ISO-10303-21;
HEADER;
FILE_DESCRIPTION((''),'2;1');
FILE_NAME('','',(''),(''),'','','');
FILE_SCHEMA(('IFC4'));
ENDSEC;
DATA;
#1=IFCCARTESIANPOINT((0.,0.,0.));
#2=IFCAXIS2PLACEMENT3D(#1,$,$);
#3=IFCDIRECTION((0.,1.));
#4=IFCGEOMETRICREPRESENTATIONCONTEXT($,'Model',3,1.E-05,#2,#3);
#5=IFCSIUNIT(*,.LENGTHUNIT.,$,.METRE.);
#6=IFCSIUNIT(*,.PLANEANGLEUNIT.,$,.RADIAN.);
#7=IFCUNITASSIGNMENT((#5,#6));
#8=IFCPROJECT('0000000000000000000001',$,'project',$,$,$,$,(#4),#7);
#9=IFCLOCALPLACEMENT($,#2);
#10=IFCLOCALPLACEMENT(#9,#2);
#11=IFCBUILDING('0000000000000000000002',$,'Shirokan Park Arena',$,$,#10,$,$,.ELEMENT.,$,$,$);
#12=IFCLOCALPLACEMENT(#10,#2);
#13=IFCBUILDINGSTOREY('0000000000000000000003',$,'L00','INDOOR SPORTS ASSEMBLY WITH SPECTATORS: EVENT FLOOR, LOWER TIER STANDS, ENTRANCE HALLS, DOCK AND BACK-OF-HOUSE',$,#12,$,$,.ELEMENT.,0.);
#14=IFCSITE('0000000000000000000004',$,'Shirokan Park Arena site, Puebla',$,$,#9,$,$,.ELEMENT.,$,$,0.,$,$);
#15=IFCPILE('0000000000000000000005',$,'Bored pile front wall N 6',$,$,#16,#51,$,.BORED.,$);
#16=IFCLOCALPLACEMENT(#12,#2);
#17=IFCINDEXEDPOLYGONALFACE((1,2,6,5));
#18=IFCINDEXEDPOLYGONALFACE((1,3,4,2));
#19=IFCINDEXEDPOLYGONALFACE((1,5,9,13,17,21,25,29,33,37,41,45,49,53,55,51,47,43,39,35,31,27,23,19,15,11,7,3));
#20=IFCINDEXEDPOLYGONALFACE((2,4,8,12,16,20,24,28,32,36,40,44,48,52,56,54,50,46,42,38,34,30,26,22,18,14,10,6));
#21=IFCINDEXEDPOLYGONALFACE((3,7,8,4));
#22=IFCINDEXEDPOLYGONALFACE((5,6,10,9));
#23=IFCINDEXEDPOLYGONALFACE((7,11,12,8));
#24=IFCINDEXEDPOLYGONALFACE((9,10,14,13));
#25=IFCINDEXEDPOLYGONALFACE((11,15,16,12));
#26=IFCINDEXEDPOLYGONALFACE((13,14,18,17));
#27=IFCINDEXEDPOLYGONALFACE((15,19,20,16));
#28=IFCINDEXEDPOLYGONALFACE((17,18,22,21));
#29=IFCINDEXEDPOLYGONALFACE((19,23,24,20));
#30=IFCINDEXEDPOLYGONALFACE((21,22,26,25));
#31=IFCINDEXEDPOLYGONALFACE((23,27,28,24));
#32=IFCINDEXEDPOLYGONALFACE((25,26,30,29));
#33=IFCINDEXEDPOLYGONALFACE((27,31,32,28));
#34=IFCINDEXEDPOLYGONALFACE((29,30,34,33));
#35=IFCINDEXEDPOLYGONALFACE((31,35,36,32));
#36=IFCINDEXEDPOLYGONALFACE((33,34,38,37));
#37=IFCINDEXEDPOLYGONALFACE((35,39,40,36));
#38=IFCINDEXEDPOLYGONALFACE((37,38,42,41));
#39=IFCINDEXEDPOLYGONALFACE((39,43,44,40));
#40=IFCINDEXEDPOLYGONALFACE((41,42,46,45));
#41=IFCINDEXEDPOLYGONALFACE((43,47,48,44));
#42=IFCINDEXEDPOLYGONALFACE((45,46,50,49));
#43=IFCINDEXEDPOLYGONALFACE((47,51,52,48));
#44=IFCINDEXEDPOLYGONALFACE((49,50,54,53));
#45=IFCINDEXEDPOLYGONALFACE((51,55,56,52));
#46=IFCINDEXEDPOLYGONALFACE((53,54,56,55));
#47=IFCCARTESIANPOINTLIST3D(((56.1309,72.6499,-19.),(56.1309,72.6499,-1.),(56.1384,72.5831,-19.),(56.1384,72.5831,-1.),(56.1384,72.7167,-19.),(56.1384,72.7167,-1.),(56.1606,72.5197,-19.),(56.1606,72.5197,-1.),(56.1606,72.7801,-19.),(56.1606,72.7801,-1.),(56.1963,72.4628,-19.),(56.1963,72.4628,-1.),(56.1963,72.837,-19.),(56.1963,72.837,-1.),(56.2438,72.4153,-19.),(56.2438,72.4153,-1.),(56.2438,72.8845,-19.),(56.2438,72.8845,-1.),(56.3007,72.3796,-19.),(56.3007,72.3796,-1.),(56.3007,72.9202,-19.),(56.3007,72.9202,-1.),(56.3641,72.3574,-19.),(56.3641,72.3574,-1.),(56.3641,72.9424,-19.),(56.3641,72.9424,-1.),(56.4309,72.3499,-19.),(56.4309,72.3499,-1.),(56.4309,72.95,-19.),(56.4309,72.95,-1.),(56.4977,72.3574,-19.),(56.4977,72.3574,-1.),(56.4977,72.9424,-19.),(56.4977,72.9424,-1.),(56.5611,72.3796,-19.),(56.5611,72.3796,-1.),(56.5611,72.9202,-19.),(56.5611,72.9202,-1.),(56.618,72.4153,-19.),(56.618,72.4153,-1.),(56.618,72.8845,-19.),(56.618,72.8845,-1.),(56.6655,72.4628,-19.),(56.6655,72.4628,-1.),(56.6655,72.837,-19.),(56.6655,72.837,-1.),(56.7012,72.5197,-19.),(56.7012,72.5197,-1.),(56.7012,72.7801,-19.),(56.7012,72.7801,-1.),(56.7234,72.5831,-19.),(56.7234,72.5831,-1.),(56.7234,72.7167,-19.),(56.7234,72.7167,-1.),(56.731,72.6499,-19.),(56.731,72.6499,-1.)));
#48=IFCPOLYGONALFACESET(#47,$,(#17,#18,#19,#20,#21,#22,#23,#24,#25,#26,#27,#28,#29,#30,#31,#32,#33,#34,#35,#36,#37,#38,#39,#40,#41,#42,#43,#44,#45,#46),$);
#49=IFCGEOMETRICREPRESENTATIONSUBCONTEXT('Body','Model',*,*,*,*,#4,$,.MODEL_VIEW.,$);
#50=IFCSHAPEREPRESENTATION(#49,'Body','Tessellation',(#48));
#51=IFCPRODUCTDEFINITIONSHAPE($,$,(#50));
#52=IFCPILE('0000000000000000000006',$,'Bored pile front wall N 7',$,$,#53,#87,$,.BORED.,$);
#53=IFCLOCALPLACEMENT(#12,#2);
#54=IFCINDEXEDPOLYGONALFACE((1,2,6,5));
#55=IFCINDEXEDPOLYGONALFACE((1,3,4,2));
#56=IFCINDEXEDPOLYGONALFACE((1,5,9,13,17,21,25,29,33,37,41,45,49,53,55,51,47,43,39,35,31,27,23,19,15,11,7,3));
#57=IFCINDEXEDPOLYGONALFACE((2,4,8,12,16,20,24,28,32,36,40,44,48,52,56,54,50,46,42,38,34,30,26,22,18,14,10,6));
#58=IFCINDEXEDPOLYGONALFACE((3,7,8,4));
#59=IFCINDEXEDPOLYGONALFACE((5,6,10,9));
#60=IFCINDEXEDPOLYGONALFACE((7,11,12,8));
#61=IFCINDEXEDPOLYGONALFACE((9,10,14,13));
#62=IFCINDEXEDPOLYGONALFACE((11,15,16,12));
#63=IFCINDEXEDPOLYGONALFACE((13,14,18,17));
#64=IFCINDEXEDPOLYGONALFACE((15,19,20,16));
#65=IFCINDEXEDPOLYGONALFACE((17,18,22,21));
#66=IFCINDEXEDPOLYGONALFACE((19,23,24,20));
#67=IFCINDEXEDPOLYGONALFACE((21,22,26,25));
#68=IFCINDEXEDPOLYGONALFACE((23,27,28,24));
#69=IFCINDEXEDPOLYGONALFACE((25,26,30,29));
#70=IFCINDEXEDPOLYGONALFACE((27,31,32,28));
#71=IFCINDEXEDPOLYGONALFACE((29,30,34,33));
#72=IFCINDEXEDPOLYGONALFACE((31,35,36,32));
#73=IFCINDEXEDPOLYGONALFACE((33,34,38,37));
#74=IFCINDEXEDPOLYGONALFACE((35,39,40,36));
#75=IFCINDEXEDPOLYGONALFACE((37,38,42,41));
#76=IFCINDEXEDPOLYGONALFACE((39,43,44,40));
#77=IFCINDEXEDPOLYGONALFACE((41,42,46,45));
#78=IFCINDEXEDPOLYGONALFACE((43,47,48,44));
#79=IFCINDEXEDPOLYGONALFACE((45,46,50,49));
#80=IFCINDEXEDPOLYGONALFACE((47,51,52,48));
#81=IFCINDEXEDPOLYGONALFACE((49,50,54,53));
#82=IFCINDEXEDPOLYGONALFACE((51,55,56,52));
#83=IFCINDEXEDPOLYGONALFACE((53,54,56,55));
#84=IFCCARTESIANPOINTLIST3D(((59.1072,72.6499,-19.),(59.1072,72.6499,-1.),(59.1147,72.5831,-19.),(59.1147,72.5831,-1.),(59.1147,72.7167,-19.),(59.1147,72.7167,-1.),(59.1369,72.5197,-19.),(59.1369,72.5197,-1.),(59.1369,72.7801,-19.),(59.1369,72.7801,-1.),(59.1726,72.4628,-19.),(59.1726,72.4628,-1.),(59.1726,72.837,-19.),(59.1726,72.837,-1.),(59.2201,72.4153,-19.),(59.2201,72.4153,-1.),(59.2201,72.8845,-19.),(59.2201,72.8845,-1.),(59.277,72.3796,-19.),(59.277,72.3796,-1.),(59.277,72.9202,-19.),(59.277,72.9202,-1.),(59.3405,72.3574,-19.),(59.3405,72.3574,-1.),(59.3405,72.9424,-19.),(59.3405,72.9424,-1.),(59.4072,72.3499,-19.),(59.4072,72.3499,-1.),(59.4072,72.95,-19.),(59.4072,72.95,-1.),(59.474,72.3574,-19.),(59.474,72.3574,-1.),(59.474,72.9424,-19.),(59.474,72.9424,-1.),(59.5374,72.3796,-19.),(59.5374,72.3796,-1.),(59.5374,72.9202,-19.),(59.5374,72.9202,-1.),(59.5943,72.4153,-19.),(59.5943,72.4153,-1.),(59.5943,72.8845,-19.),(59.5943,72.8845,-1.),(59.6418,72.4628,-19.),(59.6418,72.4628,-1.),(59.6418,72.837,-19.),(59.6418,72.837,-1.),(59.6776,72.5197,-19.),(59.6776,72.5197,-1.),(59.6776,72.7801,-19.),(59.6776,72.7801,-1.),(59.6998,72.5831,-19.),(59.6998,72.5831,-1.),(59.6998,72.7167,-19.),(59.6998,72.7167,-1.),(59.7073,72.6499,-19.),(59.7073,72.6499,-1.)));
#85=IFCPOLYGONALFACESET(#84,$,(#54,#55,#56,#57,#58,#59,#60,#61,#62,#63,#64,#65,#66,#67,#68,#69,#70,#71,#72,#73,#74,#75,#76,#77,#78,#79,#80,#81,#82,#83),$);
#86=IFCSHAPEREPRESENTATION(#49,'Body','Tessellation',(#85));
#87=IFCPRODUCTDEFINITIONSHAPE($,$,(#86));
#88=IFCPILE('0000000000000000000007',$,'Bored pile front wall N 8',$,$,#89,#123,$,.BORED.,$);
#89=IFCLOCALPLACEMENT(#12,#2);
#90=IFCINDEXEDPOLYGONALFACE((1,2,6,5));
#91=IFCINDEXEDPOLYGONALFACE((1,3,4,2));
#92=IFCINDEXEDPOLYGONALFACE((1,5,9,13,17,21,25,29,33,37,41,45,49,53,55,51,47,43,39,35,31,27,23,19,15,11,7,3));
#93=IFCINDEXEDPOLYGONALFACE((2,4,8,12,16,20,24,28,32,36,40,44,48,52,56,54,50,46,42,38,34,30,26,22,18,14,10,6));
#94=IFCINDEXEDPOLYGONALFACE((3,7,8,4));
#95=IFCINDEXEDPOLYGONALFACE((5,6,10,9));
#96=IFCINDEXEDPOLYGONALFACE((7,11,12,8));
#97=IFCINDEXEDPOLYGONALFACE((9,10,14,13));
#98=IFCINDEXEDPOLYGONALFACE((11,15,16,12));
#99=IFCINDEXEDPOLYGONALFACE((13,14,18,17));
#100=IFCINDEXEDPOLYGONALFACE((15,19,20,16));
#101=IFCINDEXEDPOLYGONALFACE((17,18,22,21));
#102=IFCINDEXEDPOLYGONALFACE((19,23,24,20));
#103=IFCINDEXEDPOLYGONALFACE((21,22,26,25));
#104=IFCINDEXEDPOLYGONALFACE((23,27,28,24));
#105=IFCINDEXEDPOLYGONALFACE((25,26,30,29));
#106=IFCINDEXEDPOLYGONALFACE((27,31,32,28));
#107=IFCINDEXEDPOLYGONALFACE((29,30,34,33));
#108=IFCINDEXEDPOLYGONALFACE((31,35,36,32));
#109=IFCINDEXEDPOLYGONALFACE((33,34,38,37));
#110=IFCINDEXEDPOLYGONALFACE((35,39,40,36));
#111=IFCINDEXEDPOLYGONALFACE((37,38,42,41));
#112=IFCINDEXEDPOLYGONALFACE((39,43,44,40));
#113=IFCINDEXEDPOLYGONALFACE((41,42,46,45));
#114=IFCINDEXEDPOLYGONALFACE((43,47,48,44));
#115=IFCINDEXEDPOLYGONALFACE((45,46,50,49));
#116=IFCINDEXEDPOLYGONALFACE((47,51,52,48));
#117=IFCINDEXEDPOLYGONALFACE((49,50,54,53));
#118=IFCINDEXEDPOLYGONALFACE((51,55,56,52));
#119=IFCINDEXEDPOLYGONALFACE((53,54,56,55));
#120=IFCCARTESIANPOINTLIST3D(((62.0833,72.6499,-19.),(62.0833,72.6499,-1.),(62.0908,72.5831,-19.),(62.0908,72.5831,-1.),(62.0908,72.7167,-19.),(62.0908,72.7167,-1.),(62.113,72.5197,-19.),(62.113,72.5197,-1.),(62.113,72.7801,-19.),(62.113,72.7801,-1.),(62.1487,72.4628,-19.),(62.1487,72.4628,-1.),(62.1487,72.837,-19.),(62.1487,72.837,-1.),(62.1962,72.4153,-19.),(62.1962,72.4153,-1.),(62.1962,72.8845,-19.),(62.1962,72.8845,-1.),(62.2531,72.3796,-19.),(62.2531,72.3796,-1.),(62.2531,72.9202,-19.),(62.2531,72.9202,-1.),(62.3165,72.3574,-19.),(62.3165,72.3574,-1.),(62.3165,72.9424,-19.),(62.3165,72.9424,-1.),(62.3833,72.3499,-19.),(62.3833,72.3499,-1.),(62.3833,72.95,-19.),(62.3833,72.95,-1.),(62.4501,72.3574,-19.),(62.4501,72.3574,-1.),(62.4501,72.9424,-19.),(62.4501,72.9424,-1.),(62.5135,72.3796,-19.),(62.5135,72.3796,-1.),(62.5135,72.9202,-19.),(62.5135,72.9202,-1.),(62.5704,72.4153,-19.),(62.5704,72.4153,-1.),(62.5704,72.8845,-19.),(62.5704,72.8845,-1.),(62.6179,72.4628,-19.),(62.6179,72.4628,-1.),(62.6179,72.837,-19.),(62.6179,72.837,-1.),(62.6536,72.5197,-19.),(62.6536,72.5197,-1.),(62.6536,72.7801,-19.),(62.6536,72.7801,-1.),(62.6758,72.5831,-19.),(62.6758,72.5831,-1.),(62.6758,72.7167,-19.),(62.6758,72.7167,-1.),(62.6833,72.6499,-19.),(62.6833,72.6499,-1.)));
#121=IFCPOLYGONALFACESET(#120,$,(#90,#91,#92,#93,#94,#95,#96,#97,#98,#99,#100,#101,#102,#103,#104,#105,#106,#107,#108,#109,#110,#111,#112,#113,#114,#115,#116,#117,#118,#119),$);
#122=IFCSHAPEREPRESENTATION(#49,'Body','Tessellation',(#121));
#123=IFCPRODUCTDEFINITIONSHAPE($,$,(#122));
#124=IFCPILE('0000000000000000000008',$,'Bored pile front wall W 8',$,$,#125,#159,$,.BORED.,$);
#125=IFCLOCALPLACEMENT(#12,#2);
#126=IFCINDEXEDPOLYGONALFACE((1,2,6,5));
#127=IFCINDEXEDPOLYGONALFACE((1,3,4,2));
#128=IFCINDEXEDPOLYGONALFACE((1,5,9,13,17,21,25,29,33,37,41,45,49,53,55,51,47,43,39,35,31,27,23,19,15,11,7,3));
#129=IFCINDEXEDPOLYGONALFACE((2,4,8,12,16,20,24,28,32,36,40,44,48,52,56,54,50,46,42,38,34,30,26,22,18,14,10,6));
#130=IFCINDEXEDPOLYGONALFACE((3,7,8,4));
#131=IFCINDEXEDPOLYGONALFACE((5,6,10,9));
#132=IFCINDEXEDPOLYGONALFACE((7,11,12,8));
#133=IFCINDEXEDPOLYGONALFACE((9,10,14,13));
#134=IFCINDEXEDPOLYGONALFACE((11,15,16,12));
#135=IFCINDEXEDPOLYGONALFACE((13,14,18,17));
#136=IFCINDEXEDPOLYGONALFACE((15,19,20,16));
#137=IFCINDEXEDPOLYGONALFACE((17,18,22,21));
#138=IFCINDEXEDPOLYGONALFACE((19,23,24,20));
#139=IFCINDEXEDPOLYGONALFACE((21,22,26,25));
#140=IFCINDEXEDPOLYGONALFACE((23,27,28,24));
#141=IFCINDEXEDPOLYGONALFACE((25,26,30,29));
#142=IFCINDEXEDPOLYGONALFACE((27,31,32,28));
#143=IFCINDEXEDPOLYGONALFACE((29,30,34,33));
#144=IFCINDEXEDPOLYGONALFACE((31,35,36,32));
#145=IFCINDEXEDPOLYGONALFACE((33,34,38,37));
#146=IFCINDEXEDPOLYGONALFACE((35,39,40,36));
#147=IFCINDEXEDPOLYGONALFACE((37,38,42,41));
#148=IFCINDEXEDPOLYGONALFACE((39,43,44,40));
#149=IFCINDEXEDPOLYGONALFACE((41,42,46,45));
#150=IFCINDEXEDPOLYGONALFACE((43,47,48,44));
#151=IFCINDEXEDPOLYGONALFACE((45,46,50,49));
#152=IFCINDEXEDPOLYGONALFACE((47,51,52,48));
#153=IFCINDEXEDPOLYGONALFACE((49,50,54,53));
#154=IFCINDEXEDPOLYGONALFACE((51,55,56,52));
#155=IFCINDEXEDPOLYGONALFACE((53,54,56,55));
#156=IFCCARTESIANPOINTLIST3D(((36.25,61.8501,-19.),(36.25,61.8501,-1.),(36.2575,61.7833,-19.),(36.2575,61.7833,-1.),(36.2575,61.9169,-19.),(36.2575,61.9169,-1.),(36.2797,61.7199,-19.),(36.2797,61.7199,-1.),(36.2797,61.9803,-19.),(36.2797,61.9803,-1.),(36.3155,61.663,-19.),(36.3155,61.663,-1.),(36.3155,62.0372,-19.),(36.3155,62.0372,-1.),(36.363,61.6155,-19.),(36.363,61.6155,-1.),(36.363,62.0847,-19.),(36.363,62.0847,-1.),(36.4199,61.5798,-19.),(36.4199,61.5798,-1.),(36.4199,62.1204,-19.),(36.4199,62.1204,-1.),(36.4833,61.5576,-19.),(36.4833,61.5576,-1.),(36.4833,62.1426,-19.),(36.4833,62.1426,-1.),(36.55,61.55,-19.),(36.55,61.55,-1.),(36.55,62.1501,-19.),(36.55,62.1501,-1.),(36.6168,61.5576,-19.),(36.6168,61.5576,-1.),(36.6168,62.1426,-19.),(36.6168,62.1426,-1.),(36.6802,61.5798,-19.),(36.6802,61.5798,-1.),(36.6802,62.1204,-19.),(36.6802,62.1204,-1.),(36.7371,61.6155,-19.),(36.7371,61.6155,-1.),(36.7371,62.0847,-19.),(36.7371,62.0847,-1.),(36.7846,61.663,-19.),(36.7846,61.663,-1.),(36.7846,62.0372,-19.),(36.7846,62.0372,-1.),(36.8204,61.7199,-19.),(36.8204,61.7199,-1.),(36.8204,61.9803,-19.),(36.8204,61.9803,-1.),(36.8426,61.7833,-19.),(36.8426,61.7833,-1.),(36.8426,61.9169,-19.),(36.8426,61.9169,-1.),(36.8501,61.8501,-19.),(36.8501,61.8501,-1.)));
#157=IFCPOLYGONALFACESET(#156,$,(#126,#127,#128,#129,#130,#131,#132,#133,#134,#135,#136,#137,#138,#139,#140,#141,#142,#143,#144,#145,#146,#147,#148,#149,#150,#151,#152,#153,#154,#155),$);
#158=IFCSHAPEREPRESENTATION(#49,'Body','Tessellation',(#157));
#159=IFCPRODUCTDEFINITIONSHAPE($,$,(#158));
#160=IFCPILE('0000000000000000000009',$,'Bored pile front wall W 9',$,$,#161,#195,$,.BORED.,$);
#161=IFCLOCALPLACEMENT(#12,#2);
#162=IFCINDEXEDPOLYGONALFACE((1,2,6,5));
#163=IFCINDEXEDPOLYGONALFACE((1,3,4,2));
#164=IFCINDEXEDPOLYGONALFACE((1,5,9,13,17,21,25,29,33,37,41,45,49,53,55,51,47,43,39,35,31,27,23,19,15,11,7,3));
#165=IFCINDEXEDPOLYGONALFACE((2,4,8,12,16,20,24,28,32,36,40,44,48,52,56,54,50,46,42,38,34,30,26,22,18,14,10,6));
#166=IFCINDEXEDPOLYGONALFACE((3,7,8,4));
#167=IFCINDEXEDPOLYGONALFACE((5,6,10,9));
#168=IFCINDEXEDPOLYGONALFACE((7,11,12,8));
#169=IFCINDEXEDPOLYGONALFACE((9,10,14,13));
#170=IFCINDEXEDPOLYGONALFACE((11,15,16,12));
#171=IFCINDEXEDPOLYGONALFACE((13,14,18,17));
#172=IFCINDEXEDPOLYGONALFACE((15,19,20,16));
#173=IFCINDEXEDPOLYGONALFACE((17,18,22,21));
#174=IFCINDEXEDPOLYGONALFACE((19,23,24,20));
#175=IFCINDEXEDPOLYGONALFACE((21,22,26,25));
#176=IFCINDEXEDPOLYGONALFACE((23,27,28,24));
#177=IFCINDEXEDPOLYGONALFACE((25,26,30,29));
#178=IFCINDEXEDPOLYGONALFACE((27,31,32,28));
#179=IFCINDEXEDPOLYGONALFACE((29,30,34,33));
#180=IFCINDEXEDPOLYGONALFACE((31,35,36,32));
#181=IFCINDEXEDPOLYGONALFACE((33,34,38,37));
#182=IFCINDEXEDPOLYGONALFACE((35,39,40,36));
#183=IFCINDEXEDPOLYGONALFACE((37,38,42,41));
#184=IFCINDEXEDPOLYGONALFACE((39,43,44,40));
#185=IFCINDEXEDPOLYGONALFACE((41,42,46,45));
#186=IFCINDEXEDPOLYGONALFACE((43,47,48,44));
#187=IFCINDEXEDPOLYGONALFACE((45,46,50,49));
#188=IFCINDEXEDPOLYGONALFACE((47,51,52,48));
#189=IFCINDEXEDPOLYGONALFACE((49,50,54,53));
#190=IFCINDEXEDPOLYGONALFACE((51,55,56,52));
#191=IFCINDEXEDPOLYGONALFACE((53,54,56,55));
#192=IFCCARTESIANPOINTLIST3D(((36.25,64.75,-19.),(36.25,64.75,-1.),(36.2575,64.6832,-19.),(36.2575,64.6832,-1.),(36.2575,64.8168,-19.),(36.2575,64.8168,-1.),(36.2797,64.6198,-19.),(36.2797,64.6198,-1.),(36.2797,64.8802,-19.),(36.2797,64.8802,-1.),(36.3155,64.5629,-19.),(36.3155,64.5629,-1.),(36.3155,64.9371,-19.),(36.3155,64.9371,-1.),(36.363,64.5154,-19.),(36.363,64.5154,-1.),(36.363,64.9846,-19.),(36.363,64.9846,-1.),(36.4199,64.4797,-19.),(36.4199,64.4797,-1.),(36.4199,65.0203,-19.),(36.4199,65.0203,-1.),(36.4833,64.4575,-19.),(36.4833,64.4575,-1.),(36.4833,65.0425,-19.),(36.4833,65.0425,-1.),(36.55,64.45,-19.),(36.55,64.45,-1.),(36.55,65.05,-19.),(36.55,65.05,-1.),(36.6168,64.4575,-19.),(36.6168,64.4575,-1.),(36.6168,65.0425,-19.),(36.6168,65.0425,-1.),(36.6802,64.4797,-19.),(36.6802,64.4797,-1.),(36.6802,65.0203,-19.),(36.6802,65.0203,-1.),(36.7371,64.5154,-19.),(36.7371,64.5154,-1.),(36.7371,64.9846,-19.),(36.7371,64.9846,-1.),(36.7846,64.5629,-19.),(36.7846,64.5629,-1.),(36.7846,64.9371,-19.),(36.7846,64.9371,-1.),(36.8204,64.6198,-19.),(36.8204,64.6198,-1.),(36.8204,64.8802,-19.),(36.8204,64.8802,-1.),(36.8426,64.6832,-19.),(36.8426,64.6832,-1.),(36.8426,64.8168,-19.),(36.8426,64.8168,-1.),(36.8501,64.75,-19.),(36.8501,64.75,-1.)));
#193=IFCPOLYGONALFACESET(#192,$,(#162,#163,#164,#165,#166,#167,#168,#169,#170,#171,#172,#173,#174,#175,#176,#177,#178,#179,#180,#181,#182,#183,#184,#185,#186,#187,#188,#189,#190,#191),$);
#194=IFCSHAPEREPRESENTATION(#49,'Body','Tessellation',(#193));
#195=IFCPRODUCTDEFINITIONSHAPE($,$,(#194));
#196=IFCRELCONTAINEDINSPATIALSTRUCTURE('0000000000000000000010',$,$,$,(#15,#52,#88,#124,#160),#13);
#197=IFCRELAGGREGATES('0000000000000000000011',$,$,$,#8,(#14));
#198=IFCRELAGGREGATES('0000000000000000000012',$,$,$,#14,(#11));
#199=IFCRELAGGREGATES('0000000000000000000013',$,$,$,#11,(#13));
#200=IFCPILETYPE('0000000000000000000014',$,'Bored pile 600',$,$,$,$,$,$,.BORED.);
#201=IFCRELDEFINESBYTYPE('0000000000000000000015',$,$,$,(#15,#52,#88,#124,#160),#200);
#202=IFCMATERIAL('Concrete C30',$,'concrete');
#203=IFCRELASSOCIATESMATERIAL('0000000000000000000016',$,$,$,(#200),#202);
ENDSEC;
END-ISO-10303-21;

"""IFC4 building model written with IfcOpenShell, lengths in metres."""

from ifc_helpers import new_model, si_unit, direction, frame, origin, origin_2d, place, context, subcontext, project, spatial, circle, extrude, material, material_profile, profile_set, type_object, element, save


model = new_model("IFC4")

# Units and contexts
model_context = context("Model", 3, precision=1e-05, world=origin(), true_north=direction((0.0, 1.0)))
body_context = subcontext(model_context, "Body", "Model", "MODEL_VIEW")
ifc_project = project(units=[si_unit("LENGTHUNIT", "METRE"), si_unit("PLANEANGLEUNIT", "RADIAN")], contexts=[model_context])

# Site, building, storey
site_placement = place(None, origin())
site = spatial("IfcSite", under=ifc_project, at=site_placement, Name="Shirokan Park Arena site, Puebla", CompositionType="ELEMENT", RefElevation=0.0)
building_placement = place(site_placement, origin())
building = spatial("IfcBuilding", under=site, at=building_placement, Name="Shirokan Park Arena", CompositionType="ELEMENT")
storey_placement = place(building_placement, origin())
storey = spatial("IfcBuildingStorey", under=building, at=storey_placement, Name="L00", Description="INDOOR SPORTS ASSEMBLY WITH SPECTATORS: EVENT FLOOR, LOWER TIER STANDS, ENTRANCE HALLS, DOCK AND BACK-OF-HOUSE", CompositionType="ELEMENT", Elevation=0.0)

# Piles
ifc_material_1 = material(Name="Concrete C30", Category="concrete")
ifc_material_profile_1 = material_profile(ifc_material_1, circle(Radius=0.3, at=origin_2d()), Name="D600")
ifc_profile_set_1 = profile_set([ifc_material_profile_1], Name="Concrete C30")
pile_type_1 = type_object("IfcPileType", Name="Bored pile 600", PredefinedType="BORED", material=ifc_profile_set_1)
for number, where, z_axis, x_axis, name in (
    (1, (56.4309, 72.6499, -1.0), (0.0, 0.0, -1.0), (1.0, 0.0, 0.0), "Bored pile front wall N 6"),
    (2, (59.4072, 72.6499, -1.0), (0.0, 0.0, -1.0), (1.0, 0.0, 0.0), "Bored pile front wall N 7"),
    (3, (62.3833, 72.6499, -1.0), (0.0, 0.0, -1.0), (1.0, 0.0, 0.0), "Bored pile front wall N 8"),
    (4, (36.55, 61.8501, -1.0), (0.0, 0.0, -1.0), (1.0, 0.0, 0.0), "Bored pile front wall W 8"),
    (5, (36.55, 64.75, -1.0), (0.0, 0.0, -1.0), (1.0, 0.0, 0.0), "Bored pile front wall W 9"),
):
    element("IfcPile", number, at=place(storey_placement, frame(where, z_axis=z_axis, x_axis=x_axis)), inside=storey, type_object=pile_type_1, Name=name, PredefinedType="BORED", context=body_context, shape_type="SweptSolid", body=[
        extrude(circle(Radius=0.3, at=origin_2d()), origin(), (0.0, 0.0, 1.0), 18.0),
    ])

save(model, "model.ifc")
